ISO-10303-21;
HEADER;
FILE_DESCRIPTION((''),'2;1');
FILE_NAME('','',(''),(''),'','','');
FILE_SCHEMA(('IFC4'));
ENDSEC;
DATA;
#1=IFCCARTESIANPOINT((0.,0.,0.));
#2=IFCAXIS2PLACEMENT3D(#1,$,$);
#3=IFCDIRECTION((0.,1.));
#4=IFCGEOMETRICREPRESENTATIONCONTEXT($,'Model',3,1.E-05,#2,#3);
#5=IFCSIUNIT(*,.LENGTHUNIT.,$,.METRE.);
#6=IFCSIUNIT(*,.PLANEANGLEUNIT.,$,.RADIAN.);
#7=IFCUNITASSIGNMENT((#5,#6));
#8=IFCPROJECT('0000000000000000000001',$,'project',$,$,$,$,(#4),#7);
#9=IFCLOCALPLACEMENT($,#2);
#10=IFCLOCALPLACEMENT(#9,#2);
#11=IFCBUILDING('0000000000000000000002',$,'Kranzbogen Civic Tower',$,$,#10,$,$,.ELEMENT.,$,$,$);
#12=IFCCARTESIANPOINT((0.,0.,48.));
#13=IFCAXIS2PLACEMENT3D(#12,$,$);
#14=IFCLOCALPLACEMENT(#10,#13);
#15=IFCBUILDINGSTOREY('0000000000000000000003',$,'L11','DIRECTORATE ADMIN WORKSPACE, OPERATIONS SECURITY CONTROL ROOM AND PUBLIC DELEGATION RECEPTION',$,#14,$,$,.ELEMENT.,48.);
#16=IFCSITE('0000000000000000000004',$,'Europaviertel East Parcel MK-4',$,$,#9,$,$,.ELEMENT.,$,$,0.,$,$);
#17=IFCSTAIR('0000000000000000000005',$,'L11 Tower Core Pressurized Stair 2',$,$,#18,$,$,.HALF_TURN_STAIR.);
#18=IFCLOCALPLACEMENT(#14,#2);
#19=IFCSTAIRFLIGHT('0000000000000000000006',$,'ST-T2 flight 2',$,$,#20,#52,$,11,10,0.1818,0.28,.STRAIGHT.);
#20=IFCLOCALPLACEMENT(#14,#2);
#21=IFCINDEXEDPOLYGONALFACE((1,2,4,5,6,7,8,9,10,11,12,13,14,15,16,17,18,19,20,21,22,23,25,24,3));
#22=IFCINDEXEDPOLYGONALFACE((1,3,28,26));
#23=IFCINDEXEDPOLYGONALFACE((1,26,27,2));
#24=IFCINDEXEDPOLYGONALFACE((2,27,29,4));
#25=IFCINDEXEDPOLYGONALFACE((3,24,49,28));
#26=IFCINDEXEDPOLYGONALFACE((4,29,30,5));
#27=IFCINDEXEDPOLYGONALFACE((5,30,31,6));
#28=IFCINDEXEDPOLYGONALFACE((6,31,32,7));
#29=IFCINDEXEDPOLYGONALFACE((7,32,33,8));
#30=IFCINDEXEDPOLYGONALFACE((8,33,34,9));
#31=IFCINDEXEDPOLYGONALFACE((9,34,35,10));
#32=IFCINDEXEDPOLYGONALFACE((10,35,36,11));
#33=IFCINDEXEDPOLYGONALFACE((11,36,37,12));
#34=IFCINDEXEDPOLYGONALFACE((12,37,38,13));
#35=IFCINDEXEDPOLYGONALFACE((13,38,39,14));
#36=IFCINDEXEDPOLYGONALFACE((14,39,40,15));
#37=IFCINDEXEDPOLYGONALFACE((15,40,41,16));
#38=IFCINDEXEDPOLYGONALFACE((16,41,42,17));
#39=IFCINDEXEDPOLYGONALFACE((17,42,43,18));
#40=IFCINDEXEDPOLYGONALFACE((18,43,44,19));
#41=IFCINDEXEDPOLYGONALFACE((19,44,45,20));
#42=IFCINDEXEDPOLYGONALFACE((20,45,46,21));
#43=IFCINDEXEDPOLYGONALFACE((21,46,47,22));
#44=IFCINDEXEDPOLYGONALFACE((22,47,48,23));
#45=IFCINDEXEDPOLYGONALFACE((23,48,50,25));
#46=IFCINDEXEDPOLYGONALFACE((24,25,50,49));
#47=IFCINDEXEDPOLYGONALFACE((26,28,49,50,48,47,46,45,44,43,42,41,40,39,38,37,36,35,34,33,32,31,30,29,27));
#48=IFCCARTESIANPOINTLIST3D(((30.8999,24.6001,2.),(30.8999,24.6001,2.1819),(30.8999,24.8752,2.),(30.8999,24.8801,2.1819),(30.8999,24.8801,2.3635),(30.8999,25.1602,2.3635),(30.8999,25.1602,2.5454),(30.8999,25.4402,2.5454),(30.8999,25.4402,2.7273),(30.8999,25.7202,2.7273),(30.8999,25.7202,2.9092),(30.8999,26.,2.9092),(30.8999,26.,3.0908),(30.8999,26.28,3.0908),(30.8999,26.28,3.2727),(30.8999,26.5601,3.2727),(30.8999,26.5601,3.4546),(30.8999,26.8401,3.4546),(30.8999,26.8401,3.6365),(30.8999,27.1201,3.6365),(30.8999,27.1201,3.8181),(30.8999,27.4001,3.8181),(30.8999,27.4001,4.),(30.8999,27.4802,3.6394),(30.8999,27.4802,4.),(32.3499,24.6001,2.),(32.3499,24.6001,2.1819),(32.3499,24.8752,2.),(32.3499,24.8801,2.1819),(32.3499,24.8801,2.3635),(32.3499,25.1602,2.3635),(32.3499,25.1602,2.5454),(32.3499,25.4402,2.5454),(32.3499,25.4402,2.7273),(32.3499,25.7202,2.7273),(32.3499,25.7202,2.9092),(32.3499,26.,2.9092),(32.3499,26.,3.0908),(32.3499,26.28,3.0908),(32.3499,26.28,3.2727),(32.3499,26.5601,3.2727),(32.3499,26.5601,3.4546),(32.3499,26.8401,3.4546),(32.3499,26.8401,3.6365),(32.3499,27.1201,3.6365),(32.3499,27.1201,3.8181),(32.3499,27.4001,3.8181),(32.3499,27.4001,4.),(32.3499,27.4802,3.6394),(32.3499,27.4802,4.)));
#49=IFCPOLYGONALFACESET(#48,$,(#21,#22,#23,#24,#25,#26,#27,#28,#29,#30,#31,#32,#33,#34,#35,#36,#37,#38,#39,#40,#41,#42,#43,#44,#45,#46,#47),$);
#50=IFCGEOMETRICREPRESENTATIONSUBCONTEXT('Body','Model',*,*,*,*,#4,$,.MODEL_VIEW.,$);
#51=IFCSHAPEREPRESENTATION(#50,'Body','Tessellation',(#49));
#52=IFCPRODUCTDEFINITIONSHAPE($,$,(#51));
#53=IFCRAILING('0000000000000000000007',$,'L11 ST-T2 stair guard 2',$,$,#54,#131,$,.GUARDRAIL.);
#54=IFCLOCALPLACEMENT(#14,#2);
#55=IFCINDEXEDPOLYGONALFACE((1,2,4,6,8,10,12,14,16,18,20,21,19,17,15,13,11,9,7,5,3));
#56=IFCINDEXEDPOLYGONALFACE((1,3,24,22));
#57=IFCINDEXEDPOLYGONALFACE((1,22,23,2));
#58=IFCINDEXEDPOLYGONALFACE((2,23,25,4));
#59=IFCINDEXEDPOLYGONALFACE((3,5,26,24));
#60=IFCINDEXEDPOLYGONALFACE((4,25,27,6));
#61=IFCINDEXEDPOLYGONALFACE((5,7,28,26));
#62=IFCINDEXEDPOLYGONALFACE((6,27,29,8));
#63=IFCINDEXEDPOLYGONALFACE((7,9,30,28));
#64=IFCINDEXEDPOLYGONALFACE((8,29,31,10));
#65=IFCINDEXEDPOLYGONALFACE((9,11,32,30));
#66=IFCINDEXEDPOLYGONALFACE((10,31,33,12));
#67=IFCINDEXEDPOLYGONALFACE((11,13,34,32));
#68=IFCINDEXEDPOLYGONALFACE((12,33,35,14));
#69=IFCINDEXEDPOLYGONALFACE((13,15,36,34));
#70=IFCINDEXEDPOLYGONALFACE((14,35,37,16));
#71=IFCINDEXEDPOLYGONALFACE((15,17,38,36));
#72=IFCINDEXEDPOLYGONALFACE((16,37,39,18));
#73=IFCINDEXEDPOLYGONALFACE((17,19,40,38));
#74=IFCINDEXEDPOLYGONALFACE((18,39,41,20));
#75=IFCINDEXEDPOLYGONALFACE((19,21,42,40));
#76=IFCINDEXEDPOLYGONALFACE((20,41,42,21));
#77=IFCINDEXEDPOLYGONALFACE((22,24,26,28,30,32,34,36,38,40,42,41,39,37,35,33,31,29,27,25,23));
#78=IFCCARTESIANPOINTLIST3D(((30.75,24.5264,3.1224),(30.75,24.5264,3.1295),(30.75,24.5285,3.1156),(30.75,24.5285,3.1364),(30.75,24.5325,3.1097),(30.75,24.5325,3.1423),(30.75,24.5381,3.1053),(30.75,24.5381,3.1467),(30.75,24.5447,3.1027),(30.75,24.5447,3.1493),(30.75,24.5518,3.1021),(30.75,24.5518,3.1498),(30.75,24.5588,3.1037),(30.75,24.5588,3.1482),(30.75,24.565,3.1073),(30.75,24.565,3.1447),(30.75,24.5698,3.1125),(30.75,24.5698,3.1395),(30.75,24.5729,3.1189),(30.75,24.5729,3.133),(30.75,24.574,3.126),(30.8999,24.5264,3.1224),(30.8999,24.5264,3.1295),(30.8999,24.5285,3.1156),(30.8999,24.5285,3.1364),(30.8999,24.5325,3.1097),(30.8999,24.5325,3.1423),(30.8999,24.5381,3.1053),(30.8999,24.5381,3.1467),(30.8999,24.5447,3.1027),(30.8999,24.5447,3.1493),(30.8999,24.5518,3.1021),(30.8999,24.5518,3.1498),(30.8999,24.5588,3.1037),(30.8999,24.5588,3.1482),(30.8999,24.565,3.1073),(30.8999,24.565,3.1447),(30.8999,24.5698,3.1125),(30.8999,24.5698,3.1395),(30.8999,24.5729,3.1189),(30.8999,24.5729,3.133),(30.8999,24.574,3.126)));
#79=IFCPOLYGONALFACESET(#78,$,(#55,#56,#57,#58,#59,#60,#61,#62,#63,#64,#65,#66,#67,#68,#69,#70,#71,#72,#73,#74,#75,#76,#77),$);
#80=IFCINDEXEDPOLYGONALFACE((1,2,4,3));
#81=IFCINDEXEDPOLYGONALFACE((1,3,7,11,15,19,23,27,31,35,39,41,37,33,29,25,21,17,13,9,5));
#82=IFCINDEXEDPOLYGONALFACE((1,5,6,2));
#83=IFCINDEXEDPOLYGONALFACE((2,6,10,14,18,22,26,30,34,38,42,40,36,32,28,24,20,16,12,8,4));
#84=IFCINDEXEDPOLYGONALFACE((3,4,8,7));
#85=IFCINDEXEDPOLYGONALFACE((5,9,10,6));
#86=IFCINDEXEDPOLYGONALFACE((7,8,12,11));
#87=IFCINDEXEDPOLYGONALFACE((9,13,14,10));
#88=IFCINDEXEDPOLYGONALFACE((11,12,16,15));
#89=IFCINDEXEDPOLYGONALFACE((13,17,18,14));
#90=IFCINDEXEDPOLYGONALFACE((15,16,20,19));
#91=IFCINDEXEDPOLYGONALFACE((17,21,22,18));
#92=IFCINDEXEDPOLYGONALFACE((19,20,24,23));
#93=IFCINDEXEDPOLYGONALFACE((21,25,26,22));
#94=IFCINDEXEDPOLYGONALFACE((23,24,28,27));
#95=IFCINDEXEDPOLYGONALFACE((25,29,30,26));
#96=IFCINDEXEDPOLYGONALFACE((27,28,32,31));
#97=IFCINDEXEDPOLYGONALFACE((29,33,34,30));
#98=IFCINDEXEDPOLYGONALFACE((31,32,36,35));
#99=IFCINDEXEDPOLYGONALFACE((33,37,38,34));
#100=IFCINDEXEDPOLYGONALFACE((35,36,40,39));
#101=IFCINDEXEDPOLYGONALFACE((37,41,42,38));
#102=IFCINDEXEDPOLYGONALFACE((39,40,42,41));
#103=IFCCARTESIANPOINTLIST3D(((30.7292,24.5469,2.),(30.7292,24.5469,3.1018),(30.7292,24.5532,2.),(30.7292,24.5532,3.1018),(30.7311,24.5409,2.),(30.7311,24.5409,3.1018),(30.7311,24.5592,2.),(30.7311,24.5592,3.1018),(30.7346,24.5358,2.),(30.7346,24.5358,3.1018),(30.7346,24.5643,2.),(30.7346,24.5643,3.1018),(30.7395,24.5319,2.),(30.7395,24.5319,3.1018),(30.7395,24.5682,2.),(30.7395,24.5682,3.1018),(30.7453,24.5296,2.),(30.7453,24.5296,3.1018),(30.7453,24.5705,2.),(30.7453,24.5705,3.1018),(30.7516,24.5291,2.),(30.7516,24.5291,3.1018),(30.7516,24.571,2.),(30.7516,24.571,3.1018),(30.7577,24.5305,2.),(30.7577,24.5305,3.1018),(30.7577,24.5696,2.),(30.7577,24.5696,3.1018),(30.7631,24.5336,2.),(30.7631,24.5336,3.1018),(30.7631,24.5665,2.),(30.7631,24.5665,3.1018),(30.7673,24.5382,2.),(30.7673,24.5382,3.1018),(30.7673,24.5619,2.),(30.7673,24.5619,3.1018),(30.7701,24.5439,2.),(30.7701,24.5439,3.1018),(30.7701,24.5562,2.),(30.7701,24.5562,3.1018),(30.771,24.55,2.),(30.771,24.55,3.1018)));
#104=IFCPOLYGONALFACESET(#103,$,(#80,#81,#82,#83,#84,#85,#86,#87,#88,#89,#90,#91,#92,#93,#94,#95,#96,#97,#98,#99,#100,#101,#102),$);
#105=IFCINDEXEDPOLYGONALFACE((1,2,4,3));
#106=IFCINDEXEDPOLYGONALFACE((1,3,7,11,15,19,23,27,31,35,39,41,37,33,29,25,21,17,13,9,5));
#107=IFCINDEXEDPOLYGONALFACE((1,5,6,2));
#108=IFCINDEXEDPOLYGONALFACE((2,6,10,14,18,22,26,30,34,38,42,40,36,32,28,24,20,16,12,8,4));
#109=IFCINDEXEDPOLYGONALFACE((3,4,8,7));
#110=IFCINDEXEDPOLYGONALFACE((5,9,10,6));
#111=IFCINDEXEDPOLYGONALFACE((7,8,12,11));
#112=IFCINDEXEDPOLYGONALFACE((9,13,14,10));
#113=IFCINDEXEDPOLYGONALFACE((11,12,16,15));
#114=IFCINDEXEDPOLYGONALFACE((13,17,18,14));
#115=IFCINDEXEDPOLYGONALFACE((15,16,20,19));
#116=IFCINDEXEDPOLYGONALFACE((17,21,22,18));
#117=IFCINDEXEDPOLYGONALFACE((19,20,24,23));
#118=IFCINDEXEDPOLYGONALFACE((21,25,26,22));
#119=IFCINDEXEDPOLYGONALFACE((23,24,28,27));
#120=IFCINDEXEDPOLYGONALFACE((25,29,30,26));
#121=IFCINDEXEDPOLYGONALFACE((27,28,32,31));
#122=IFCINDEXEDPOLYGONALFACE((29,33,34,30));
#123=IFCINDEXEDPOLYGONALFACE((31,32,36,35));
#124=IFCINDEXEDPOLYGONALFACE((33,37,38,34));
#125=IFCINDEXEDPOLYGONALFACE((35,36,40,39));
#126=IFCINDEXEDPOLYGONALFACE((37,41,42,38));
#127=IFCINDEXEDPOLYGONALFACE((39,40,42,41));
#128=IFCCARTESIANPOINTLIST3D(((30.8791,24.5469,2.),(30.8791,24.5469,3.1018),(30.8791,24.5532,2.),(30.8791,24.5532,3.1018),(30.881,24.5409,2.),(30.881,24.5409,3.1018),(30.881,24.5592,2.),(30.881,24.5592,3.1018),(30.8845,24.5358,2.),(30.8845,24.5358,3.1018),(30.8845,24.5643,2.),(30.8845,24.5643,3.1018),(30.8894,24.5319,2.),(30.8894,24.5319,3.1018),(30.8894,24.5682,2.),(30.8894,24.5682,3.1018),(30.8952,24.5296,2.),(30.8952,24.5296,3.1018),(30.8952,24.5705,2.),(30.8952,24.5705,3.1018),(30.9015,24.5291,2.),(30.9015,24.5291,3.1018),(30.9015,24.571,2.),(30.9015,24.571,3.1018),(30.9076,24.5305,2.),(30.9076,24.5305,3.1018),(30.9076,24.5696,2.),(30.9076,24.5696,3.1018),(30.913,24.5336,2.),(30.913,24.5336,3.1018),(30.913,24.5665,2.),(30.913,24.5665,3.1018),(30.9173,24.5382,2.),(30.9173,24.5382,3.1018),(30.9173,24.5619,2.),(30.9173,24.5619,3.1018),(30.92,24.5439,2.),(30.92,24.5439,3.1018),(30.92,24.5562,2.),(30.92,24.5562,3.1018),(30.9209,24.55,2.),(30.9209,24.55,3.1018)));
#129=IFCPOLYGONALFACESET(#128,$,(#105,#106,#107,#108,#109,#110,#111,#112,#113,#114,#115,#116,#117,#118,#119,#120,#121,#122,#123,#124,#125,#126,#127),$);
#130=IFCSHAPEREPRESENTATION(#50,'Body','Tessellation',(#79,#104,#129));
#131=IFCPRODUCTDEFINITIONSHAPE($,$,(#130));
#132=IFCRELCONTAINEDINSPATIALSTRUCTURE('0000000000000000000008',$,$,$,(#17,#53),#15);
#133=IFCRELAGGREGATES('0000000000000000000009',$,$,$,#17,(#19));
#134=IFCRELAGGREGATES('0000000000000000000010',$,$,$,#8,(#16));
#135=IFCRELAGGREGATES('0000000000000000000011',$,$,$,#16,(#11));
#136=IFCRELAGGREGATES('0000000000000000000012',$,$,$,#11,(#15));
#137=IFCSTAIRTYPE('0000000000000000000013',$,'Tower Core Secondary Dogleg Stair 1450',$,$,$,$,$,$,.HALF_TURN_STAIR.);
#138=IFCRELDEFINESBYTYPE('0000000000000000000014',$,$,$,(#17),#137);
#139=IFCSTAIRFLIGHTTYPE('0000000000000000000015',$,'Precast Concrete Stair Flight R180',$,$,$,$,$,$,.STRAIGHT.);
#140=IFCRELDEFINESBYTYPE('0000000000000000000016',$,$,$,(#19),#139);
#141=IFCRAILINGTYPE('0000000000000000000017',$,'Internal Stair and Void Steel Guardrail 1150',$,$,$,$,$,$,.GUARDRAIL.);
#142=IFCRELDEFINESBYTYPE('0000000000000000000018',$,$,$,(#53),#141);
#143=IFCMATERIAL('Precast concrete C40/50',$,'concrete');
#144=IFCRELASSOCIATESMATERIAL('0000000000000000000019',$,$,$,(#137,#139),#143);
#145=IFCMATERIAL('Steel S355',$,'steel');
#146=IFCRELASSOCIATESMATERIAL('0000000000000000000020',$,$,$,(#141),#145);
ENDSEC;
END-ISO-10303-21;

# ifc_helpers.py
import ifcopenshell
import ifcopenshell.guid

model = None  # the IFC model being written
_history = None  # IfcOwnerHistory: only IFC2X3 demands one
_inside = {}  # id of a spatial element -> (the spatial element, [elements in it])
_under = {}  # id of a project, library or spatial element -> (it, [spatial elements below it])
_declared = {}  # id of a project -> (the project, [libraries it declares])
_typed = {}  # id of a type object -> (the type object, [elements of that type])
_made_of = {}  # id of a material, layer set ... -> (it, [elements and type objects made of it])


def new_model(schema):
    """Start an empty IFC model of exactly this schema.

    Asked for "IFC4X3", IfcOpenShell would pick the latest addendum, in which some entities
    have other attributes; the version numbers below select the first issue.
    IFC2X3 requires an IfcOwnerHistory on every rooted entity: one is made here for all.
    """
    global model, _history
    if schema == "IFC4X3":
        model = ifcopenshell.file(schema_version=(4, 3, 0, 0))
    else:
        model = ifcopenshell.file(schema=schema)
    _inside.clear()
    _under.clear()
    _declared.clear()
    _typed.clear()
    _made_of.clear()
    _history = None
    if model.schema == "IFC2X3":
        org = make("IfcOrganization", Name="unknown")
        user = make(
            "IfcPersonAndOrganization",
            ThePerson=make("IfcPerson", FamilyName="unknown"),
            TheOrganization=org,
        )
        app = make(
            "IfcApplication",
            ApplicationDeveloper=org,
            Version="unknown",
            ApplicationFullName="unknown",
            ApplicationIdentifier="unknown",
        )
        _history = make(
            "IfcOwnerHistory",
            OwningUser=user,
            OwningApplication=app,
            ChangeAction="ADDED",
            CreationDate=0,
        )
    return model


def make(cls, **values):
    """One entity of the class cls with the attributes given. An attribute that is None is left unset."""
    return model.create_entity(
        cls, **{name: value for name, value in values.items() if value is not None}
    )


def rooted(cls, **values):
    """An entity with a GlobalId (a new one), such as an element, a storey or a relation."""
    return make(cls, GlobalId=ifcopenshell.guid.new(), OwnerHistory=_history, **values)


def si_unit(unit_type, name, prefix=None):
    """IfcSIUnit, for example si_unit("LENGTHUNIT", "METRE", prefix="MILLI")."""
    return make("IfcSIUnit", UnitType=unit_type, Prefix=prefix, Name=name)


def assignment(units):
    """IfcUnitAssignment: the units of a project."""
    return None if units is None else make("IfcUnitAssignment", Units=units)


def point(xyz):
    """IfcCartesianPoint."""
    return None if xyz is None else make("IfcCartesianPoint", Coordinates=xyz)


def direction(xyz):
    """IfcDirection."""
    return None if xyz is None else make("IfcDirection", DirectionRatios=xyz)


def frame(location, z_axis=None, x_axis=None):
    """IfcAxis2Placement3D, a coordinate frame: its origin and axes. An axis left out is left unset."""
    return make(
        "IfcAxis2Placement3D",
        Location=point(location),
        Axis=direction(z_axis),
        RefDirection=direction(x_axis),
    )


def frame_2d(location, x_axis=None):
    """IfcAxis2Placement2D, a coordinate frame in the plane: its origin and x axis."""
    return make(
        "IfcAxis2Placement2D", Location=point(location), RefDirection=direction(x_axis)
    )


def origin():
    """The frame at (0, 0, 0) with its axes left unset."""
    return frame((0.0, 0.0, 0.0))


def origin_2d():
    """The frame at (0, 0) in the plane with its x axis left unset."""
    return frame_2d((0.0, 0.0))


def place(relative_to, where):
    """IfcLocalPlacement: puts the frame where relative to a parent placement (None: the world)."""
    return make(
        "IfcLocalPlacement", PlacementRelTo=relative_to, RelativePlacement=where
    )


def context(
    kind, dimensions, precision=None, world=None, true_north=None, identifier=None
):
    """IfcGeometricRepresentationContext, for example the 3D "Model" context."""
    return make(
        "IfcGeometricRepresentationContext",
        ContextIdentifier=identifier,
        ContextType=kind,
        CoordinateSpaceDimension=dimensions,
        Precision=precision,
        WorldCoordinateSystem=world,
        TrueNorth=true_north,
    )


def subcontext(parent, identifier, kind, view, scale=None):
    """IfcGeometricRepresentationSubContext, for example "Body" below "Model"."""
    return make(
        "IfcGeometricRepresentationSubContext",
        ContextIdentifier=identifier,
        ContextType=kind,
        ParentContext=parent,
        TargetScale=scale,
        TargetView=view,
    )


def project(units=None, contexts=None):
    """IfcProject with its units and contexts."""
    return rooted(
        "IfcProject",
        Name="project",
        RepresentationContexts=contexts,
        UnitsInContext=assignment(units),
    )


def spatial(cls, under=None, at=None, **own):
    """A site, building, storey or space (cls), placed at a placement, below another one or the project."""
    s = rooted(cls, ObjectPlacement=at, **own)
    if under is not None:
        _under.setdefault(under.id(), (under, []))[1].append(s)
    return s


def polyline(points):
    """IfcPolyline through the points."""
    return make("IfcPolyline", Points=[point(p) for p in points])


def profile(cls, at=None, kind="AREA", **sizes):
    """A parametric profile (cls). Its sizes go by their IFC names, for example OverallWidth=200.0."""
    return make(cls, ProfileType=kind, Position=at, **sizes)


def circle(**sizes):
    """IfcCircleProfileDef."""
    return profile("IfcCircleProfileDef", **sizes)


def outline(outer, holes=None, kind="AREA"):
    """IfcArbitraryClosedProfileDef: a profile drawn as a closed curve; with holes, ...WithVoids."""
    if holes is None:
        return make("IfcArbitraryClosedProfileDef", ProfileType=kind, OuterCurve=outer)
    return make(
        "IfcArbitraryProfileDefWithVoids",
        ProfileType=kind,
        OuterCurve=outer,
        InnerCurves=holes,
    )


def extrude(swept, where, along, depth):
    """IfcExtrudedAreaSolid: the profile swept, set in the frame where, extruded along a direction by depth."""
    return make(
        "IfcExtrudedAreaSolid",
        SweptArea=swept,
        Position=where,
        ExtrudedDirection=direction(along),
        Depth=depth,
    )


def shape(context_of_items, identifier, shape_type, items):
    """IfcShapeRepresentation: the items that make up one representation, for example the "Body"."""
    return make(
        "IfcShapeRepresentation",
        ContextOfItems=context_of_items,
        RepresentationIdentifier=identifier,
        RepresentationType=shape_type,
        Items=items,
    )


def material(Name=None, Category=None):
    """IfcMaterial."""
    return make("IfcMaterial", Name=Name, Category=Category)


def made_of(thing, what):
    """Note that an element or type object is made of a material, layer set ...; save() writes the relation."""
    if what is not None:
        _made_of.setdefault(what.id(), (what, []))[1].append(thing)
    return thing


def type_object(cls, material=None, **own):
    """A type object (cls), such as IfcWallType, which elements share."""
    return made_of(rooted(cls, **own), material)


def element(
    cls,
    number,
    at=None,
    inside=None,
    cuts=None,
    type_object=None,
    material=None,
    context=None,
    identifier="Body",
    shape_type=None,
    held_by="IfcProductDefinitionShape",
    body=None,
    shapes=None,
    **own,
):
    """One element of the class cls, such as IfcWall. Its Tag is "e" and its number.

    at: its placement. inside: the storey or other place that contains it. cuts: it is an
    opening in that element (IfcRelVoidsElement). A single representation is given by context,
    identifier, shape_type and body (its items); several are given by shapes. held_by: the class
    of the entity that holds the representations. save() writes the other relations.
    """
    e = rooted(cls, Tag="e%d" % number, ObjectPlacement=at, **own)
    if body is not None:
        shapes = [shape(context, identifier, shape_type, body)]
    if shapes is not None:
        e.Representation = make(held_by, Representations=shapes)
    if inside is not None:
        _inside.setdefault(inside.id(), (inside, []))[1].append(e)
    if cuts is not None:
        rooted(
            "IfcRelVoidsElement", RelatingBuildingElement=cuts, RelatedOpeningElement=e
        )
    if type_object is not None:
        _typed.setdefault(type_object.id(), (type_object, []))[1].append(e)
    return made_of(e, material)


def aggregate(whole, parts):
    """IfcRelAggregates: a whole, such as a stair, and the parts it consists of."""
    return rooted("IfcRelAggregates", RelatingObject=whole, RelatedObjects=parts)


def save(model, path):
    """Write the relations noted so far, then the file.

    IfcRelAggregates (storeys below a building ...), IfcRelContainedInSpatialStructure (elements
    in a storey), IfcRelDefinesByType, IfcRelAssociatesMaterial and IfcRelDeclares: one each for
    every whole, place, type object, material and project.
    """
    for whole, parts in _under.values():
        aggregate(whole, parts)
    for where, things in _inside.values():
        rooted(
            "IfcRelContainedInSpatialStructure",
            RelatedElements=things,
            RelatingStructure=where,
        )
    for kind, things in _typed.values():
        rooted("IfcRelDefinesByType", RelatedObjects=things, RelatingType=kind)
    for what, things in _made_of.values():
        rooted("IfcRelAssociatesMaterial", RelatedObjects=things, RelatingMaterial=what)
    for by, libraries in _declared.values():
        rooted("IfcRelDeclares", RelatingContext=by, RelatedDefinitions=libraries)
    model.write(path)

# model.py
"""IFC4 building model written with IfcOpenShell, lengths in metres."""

from ifc_helpers import new_model, si_unit, direction, frame, origin, origin_2d, place, context, subcontext, project, spatial, polyline, circle, outline, extrude, material, type_object, element, aggregate, save


model = new_model("IFC4")

# Units and contexts
model_context = context("Model", 3, precision=1e-05, world=origin(), true_north=direction((0.0, 1.0)))
body_context = subcontext(model_context, "Body", "Model", "MODEL_VIEW")
ifc_project = project(units=[si_unit("LENGTHUNIT", "METRE"), si_unit("PLANEANGLEUNIT", "RADIAN")], contexts=[model_context])

# Site, building, storey
site_placement = place(None, origin())
site = spatial("IfcSite", under=ifc_project, at=site_placement, Name="Europaviertel East Parcel MK-4", CompositionType="ELEMENT", RefElevation=0.0)
building_placement = place(site_placement, origin())
building = spatial("IfcBuilding", under=site, at=building_placement, Name="Kranzbogen Civic Tower", CompositionType="ELEMENT")
storey_placement = place(building_placement, frame((0.0, 0.0, 48.0)))
storey = spatial("IfcBuildingStorey", under=building, at=storey_placement, Name="L11", Description="DIRECTORATE ADMIN WORKSPACE, OPERATIONS SECURITY CONTROL ROOM AND PUBLIC DELEGATION RECEPTION", CompositionType="ELEMENT", Elevation=48.0)

# Shared definitions
ifc_material_1 = material(Name="Steel S355", Category="steel")

# Stair, stair flight
ifc_material_2 = material(Name="Precast concrete C40/50", Category="concrete")
stair_type = type_object("IfcStairType", Name="Tower Core Secondary Dogleg Stair 1450", PredefinedType="HALF_TURN_STAIR", material=ifc_material_2)
stair_placement = place(storey_placement, origin())
stair = element("IfcStair", 1, at=stair_placement, inside=storey, type_object=stair_type, Name="L11 Tower Core Pressurized Stair 2", PredefinedType="HALF_TURN_STAIR")
stair_flight_type = type_object("IfcStairFlightType", Name="Precast Concrete Stair Flight R180", PredefinedType="STRAIGHT", material=ifc_material_2)
stair_flight_placement = place(storey_placement, frame((31.625, 24.6001, 2.0), z_axis=(0.0, 0.0, 1.0), x_axis=(0.0, 1.0, 0.0)))
stair_flight = element("IfcStairFlight", 2, at=stair_flight_placement, type_object=stair_flight_type, Name="ST-T2 flight 2", NumberOfRisers=11, NumberOfTreads=10, PredefinedType="STRAIGHT", RiserHeight=0.1818, TreadLength=0.28, context=body_context, shape_type="SweptSolid", body=[
    extrude(outline(polyline([(0.0, 0.0), (0.0, 0.1819), (0.28, 0.1819), (0.28, 0.3635), (0.5601, 0.3635), (0.5601, 0.5454), (0.8401, 0.5454), (0.8401, 0.7273), (1.1201, 0.7273), (1.1201, 0.9092), (1.3999, 0.9092), (1.3999, 1.0908), (1.6799, 1.0908), (1.6799, 1.2727), (1.96, 1.2727), (1.96, 1.4546), (2.24, 1.4546), (2.24, 1.6365), (2.52, 1.6365), (2.52, 1.8181), (2.8, 1.8181), (2.8, 2.0), (2.8801, 2.0), (2.8801, 1.6394), (0.2751, 0.0), (0.0, 0.0)])), frame((0.0, 0.7251, 0.0), z_axis=(0.0, -1.0, 0.0), x_axis=(1.0, 0.0, 0.0)), (0.0, 0.0, 1.0), 1.45),
])
aggregate(stair, [stair_flight])

# Railing
railing_type_1 = type_object("IfcRailingType", Name="Internal Stair and Void Steel Guardrail 1150", PredefinedType="GUARDRAIL", material=ifc_material_1)
railing_1_placement = place(storey_placement, frame((30.75, 24.55, 2.0)))
element("IfcRailing", 3, at=railing_1_placement, inside=storey, type_object=railing_type_1, Name="L11 ST-T2 stair guard 2", PredefinedType="GUARDRAIL", context=body_context, shape_type="SweptSolid", body=[
    extrude(circle(Radius=0.0239, at=origin_2d()), frame((0.0, 0.0, 1.126), z_axis=(1.0, 0.0, 0.0), x_axis=(0.0, 1.0, 0.0)), (0.0, 0.0, 1.0), 0.1499),
    extrude(circle(Radius=0.021, at=origin_2d()), origin(), (0.0, 0.0, 1.0), 1.1018),
    extrude(circle(Radius=0.021, at=origin_2d()), frame((0.1499, 0.0, 0.0)), (0.0, 0.0, 1.0), 1.1018),
])

save(model, "model.ifc")
